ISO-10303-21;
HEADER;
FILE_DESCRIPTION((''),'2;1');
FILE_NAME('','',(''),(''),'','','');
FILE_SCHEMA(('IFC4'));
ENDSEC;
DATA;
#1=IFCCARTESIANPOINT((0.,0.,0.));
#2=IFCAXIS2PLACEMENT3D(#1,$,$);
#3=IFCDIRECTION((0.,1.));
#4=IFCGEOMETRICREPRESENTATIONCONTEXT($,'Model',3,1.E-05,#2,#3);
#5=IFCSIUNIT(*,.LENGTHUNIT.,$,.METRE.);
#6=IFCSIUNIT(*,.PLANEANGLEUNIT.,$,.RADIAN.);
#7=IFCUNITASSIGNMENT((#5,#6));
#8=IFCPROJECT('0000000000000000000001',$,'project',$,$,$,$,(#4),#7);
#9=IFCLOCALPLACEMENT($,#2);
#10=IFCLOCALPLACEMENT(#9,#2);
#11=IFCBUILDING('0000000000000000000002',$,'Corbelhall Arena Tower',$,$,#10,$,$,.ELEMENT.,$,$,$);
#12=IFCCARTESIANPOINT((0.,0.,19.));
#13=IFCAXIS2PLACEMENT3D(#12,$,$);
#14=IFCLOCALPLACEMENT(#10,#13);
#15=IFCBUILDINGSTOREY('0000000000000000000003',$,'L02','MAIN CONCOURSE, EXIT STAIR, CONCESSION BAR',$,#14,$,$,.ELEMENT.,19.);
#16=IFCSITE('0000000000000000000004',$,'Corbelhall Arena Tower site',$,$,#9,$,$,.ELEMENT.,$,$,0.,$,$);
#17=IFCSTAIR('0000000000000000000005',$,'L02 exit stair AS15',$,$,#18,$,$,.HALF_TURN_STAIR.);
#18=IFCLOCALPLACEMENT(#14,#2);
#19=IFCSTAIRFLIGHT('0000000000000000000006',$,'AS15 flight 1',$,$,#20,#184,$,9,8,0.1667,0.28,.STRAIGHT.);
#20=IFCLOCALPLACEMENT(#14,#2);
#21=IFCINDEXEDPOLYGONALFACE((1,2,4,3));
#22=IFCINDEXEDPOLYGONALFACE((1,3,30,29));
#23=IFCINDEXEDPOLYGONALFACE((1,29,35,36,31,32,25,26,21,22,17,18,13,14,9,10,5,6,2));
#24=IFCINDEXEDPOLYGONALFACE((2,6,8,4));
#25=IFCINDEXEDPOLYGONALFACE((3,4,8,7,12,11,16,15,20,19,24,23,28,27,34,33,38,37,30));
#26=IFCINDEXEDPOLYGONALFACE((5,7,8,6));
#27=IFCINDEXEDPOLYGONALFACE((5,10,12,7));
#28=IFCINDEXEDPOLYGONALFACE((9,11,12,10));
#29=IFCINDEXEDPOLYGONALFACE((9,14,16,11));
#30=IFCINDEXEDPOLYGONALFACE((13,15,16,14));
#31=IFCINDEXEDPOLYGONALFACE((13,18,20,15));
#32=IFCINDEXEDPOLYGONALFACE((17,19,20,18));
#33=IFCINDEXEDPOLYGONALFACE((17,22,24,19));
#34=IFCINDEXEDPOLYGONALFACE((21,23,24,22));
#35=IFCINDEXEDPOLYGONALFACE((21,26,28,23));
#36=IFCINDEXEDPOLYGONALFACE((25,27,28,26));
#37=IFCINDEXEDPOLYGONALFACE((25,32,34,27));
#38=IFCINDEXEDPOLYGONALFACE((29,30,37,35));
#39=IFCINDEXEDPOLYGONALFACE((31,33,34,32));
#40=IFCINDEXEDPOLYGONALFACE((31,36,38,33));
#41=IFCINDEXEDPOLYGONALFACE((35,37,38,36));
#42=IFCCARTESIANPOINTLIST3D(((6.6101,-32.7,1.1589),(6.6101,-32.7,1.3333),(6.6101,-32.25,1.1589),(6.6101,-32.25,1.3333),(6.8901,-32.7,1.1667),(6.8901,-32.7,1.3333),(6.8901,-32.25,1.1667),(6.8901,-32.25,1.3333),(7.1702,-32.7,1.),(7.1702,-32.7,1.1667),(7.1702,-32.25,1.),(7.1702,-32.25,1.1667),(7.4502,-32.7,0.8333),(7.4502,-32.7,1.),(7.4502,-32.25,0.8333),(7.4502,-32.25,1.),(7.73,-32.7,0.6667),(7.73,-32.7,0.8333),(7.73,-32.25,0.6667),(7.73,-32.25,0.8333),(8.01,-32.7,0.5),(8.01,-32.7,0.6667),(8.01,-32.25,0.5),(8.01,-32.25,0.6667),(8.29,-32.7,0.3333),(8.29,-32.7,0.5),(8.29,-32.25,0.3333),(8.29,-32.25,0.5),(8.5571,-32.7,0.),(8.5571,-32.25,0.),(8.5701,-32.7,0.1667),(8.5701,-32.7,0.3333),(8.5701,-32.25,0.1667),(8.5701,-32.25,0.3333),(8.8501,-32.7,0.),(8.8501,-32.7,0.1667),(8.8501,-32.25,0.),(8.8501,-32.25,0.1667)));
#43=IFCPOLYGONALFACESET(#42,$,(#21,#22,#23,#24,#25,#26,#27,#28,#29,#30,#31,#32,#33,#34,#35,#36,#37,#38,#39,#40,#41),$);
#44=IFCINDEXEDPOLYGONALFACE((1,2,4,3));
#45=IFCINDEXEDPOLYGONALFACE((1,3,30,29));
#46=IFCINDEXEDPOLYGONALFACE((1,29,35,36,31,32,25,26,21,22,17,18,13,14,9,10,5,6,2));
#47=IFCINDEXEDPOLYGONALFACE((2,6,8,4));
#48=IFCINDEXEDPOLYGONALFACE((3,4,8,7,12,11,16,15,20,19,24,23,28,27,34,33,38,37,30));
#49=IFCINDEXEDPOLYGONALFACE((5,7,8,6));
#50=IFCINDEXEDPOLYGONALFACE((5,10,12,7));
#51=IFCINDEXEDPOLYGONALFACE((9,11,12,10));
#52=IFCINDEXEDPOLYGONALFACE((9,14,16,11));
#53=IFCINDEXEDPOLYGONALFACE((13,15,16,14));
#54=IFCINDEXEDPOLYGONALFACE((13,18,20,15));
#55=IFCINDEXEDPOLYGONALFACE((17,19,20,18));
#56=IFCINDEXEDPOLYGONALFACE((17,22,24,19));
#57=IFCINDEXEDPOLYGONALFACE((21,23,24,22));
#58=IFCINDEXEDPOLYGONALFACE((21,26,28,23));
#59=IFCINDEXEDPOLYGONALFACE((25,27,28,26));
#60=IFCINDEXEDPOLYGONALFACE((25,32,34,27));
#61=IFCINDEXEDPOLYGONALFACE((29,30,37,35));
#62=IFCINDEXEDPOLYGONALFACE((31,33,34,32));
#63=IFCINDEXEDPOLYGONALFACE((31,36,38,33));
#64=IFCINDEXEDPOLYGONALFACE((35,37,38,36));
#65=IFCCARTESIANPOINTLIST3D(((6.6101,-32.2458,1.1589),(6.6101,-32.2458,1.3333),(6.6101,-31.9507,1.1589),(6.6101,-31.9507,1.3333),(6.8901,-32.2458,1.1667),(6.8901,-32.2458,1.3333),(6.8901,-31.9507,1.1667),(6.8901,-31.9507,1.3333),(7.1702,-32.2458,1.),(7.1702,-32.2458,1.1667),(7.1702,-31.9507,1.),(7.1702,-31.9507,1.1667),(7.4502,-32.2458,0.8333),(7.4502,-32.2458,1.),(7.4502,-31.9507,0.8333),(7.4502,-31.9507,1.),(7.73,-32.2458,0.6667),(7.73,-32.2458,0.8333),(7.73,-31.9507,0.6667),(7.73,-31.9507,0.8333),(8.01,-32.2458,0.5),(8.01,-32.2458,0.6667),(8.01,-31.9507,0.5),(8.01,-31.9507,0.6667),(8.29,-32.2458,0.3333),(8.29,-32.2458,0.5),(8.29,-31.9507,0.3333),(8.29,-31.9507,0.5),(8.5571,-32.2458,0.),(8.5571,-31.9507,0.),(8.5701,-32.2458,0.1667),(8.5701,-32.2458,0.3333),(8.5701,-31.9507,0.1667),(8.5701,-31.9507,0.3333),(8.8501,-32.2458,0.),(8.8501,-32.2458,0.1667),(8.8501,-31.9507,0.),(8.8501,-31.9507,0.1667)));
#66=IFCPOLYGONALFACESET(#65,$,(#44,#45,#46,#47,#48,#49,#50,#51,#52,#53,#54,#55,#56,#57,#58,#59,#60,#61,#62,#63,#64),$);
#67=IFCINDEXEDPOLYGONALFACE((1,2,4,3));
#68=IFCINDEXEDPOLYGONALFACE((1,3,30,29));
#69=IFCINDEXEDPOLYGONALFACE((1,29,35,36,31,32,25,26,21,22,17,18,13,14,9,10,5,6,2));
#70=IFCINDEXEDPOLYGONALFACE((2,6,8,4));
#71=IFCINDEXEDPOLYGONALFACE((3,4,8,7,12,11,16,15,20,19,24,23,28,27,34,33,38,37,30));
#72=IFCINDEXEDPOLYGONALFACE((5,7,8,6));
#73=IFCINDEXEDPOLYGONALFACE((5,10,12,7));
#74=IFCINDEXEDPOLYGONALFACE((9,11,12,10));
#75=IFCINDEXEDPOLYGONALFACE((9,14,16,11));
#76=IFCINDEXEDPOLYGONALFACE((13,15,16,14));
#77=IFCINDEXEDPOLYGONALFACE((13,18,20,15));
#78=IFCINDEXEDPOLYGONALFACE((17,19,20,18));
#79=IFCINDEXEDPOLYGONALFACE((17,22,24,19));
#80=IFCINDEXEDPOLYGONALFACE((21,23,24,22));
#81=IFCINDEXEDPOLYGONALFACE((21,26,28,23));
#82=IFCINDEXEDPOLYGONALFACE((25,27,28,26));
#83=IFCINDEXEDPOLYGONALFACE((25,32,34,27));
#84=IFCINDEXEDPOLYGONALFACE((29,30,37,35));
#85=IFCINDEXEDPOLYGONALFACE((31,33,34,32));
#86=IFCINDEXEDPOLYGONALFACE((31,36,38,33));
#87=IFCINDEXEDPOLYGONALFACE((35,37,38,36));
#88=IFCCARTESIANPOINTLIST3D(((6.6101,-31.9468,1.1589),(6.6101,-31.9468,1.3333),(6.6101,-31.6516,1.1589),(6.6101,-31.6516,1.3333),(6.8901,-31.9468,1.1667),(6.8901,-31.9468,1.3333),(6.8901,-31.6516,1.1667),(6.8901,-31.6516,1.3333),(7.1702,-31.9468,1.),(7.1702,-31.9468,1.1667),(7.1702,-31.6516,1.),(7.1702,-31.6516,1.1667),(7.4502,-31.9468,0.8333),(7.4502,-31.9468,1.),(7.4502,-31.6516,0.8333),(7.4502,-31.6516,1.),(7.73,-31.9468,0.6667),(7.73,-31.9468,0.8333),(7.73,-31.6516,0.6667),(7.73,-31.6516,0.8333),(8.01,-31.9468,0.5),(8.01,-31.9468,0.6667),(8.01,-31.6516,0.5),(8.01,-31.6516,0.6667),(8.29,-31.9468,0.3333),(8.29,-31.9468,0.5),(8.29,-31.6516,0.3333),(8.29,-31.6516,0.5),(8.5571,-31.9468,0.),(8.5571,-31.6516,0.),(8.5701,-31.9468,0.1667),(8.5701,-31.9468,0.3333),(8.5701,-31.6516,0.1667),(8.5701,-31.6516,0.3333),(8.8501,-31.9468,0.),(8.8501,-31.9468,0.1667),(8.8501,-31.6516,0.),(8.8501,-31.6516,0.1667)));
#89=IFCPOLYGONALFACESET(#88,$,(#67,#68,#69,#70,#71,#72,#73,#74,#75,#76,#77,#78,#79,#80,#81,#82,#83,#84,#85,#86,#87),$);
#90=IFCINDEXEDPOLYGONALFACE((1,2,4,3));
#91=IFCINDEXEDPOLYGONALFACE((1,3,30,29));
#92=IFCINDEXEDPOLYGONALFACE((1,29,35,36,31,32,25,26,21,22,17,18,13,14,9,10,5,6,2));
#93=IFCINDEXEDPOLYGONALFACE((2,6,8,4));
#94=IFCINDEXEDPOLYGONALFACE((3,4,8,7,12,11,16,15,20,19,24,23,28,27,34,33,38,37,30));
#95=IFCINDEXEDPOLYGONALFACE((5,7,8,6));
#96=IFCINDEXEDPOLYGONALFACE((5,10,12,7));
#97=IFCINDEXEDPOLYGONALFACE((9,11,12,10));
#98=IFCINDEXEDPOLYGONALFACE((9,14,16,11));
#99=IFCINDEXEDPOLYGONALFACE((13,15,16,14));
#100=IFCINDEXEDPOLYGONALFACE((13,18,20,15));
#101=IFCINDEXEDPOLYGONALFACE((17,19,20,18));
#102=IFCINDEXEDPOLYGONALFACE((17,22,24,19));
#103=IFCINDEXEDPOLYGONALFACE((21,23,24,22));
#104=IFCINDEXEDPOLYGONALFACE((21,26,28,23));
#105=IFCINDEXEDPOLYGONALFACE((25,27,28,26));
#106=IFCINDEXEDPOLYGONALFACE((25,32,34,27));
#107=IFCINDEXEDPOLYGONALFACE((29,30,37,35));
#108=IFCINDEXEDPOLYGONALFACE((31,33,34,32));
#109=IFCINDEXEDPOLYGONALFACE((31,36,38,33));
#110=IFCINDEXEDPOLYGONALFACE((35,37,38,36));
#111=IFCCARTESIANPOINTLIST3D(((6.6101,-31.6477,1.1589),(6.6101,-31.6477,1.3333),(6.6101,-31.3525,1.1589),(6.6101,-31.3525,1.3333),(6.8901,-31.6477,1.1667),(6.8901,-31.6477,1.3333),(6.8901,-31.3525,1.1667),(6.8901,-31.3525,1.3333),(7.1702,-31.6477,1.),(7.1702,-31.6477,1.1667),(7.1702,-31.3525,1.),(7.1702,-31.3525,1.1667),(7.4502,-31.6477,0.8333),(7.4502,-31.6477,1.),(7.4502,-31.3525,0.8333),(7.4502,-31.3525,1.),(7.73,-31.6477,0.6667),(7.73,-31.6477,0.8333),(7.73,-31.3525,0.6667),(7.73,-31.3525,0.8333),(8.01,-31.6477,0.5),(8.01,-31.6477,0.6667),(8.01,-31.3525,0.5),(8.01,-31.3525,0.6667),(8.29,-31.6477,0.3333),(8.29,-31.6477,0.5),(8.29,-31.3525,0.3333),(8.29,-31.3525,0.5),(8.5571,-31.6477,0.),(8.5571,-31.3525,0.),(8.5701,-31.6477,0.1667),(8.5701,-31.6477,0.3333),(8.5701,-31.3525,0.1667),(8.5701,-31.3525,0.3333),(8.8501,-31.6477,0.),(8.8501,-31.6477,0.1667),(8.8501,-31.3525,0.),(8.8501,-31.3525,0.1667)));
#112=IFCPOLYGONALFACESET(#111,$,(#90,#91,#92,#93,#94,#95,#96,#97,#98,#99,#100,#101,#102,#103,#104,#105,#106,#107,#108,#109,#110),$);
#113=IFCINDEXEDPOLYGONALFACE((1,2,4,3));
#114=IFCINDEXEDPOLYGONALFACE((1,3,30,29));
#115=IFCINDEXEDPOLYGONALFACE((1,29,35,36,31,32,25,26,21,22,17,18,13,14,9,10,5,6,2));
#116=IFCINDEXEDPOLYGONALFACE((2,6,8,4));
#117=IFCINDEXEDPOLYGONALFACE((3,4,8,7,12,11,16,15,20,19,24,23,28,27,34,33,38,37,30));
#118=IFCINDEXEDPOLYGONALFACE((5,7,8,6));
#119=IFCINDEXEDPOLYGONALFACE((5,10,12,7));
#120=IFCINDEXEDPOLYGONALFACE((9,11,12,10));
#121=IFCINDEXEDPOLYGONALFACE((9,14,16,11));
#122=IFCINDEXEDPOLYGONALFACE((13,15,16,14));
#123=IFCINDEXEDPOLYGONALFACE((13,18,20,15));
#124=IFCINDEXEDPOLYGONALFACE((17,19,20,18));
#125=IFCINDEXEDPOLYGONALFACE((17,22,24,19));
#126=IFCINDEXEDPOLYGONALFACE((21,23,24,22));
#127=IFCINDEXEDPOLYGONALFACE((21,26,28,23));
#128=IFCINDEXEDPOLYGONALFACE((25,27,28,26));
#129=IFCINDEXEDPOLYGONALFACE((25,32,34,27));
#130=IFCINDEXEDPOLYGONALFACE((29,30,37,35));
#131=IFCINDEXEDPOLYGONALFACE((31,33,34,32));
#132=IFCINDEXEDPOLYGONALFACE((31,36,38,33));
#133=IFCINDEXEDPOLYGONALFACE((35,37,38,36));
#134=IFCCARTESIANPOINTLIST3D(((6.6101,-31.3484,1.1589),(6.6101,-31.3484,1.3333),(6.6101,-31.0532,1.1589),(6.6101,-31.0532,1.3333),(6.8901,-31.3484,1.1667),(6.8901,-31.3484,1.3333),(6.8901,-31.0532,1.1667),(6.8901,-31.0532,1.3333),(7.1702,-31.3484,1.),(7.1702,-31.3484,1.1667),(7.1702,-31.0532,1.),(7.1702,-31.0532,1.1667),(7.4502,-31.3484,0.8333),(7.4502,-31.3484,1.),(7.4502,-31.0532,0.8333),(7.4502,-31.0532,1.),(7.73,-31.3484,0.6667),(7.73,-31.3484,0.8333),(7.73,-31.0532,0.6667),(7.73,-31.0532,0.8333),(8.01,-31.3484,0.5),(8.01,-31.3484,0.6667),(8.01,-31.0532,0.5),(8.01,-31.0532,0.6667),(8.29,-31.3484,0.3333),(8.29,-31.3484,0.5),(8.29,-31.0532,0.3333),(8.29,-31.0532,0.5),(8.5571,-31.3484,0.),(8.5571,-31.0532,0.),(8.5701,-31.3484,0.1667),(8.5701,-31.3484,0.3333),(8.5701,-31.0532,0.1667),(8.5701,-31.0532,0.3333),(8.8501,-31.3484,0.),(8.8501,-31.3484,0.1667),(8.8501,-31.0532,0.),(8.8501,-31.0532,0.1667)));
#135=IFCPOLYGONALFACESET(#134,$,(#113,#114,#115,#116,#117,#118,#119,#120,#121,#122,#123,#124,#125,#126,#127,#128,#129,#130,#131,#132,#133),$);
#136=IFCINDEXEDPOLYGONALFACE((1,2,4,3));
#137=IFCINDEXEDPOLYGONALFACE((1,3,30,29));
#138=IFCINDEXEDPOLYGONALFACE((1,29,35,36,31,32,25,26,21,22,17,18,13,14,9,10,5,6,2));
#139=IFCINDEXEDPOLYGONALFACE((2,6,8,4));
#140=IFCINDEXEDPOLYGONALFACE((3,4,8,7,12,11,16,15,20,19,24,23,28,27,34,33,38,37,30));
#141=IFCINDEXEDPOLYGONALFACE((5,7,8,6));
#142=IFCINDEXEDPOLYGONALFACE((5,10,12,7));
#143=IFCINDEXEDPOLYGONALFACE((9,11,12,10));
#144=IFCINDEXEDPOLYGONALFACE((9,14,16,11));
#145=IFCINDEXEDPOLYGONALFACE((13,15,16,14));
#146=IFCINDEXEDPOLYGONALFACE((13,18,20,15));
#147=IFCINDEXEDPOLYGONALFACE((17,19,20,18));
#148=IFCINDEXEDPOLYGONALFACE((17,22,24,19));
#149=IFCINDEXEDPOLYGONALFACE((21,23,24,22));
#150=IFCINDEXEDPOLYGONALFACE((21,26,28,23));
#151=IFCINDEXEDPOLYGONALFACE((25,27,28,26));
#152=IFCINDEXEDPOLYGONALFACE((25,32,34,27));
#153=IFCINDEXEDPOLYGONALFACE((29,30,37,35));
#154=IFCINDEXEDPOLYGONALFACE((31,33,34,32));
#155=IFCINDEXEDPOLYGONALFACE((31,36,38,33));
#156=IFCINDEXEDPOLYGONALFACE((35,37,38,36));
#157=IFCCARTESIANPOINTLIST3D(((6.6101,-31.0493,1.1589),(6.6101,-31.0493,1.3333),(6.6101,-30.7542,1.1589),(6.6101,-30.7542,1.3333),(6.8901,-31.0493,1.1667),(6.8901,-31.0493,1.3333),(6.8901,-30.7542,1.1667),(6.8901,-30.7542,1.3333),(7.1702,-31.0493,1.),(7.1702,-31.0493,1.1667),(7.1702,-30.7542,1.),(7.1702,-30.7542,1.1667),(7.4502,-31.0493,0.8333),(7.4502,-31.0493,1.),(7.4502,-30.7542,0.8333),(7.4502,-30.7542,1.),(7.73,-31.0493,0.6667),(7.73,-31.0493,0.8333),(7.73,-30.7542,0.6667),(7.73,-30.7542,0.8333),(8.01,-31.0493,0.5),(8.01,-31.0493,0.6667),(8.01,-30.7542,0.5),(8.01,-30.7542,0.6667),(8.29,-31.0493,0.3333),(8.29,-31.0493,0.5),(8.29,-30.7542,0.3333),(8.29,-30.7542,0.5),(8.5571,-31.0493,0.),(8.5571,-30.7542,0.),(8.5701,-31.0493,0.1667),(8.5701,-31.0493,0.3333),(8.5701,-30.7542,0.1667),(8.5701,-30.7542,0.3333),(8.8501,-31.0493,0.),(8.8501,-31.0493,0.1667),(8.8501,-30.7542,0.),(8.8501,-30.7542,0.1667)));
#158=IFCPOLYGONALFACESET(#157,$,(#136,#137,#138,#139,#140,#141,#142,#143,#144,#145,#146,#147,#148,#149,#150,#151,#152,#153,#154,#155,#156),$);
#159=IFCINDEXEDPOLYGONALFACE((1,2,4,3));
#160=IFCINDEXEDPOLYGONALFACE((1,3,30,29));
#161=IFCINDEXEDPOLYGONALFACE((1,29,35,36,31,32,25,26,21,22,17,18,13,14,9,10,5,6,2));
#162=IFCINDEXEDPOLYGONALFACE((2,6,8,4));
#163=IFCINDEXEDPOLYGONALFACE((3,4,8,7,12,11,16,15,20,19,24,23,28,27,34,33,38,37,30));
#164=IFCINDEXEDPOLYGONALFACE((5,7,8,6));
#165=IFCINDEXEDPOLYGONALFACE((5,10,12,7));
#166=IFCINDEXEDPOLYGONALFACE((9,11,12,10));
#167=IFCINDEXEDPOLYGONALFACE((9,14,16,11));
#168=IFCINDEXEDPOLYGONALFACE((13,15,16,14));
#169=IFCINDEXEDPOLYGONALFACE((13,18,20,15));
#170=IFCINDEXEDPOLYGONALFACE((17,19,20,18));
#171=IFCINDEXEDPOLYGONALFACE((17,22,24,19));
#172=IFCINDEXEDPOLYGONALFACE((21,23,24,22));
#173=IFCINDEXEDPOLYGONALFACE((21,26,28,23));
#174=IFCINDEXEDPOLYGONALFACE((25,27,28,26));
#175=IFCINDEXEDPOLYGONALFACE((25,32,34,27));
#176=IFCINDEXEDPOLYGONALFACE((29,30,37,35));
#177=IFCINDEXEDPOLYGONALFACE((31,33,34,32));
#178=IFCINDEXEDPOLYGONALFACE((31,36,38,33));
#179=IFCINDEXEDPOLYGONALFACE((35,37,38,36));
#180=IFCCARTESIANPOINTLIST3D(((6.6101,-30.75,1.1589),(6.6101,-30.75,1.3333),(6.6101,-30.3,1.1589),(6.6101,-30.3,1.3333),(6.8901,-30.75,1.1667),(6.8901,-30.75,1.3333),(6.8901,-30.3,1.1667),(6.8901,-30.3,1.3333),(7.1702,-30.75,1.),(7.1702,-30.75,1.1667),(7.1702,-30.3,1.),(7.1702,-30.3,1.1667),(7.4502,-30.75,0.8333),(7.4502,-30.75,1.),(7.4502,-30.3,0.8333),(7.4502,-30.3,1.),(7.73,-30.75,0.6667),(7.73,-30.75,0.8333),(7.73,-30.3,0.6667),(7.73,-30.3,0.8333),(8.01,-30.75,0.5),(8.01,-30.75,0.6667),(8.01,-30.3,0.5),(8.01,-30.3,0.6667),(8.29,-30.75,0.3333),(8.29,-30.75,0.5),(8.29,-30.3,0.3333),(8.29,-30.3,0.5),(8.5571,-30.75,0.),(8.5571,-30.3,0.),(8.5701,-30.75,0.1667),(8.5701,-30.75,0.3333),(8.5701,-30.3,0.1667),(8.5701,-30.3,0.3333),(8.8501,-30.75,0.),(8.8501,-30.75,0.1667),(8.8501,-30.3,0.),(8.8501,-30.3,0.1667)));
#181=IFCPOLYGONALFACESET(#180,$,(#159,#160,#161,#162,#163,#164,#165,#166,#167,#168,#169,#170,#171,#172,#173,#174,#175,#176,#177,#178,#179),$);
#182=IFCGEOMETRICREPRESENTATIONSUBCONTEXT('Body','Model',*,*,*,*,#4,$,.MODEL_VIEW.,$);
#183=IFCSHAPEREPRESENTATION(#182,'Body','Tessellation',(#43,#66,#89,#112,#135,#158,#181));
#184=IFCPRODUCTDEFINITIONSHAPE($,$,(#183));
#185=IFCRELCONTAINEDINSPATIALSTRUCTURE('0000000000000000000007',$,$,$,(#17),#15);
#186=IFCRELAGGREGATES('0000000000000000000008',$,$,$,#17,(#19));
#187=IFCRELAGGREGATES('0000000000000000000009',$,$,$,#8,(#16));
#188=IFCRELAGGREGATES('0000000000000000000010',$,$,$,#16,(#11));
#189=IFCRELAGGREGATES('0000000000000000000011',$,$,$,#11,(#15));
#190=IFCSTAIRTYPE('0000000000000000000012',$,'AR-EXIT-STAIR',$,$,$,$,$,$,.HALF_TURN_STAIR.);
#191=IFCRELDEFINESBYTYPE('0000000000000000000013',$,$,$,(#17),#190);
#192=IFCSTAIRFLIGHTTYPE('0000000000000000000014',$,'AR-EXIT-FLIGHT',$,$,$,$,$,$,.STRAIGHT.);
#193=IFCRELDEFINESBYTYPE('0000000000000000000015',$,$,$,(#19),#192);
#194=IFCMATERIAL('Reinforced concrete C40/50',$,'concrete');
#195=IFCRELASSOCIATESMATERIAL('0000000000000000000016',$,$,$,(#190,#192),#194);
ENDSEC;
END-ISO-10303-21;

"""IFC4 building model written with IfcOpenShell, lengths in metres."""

from ifc_helpers import new_model, si_unit, direction, frame, origin, place, context, subcontext, project, spatial, polyline, outline, extrude, material, type_object, element, aggregate, save


model = new_model("IFC4")

# Units and contexts
model_context = context("Model", 3, precision=1e-05, world=origin(), true_north=direction((0.0, 1.0)))
body_context = subcontext(model_context, "Body", "Model", "MODEL_VIEW")
ifc_project = project(units=[si_unit("LENGTHUNIT", "METRE"), si_unit("PLANEANGLEUNIT", "RADIAN")], contexts=[model_context])

# Site, building, storey
site_placement = place(None, origin())
site = spatial("IfcSite", under=ifc_project, at=site_placement, Name="Corbelhall Arena Tower site", CompositionType="ELEMENT", RefElevation=0.0)
building_placement = place(site_placement, origin())
building = spatial("IfcBuilding", under=site, at=building_placement, Name="Corbelhall Arena Tower", CompositionType="ELEMENT")
storey_placement = place(building_placement, frame((0.0, 0.0, 19.0)))
storey = spatial("IfcBuildingStorey", under=building, at=storey_placement, Name="L02", Description="MAIN CONCOURSE, EXIT STAIR, CONCESSION BAR", CompositionType="ELEMENT", Elevation=19.0)

# Shared definitions
ifc_material_1 = material(Name="Reinforced concrete C40/50", Category="concrete")

# Stair, stair flight
stair_type = type_object("IfcStairType", Name="AR-EXIT-STAIR", PredefinedType="HALF_TURN_STAIR", material=ifc_material_1)
stair_1_placement = place(storey_placement, origin())
stair_1 = element("IfcStair", 1, at=stair_1_placement, inside=storey, type_object=stair_type, Name="L02 exit stair AS15", PredefinedType="HALF_TURN_STAIR")
stair_flight_type = type_object("IfcStairFlightType", Name="AR-EXIT-FLIGHT", PredefinedType="STRAIGHT", material=ifc_material_1)
stair_flight_1_placement = place(storey_placement, frame((8.8501, -31.5, 0.0), z_axis=(0.0, 0.0, 1.0), x_axis=(-1.0, 0.0, 0.0)))
stair_flight_1 = element("IfcStairFlight", 2, at=stair_flight_1_placement, type_object=stair_flight_type, Name="AS15 flight 1", NumberOfRisers=9, NumberOfTreads=8, PredefinedType="STRAIGHT", RiserHeight=0.1667, TreadLength=0.28, context=body_context, shape_type="SweptSolid", body=[
    extrude(outline(polyline([(0.0, 0.0), (0.0, 0.1667), (0.28, 0.1667), (0.28, 0.3333), (0.5601, 0.3333), (0.5601, 0.5), (0.8401, 0.5), (0.8401, 0.6667), (1.1201, 0.6667), (1.1201, 0.8333), (1.3999, 0.8333), (1.3999, 1.0), (1.6799, 1.0), (1.6799, 1.1667), (1.96, 1.1667), (1.96, 1.3333), (2.24, 1.3333), (2.24, 1.5), (2.24, 1.1589), (0.293, 0.0), (0.0, 0.0)])), frame((0.0, 1.2, 0.0), z_axis=(0.0, -1.0, 0.0), x_axis=(1.0, 0.0, 0.0)), (0.0, 0.0, 1.0), 0.45),
    extrude(outline(polyline([(0.0, 0.0), (0.0, 0.1667), (0.28, 0.1667), (0.28, 0.3333), (0.5601, 0.3333), (0.5601, 0.5), (0.8401, 0.5), (0.8401, 0.6667), (1.1201, 0.6667), (1.1201, 0.8333), (1.3999, 0.8333), (1.3999, 1.0), (1.6799, 1.0), (1.6799, 1.1667), (1.96, 1.1667), (1.96, 1.3333), (2.24, 1.3333), (2.24, 1.5), (2.24, 1.1589), (0.293, 0.0), (0.0, 0.0)])), frame((0.0, 0.7458, 0.0), z_axis=(0.0, -1.0, 0.0), x_axis=(1.0, 0.0, 0.0)), (0.0, 0.0, 1.0), 0.2952),
    extrude(outline(polyline([(0.0, 0.0), (0.0, 0.1667), (0.28, 0.1667), (0.28, 0.3333), (0.5601, 0.3333), (0.5601, 0.5), (0.8401, 0.5), (0.8401, 0.6667), (1.1201, 0.6667), (1.1201, 0.8333), (1.3999, 0.8333), (1.3999, 1.0), (1.6799, 1.0), (1.6799, 1.1667), (1.96, 1.1667), (1.96, 1.3333), (2.24, 1.3333), (2.24, 1.5), (2.24, 1.1589), (0.293, 0.0), (0.0, 0.0)])), frame((0.0, 0.4468, 0.0), z_axis=(0.0, -1.0, 0.0), x_axis=(1.0, 0.0, 0.0)), (0.0, 0.0, 1.0), 0.2952),
    extrude(outline(polyline([(0.0, 0.0), (0.0, 0.1667), (0.28, 0.1667), (0.28, 0.3333), (0.5601, 0.3333), (0.5601, 0.5), (0.8401, 0.5), (0.8401, 0.6667), (1.1201, 0.6667), (1.1201, 0.8333), (1.3999, 0.8333), (1.3999, 1.0), (1.6799, 1.0), (1.6799, 1.1667), (1.96, 1.1667), (1.96, 1.3333), (2.24, 1.3333), (2.24, 1.5), (2.24, 1.1589), (0.293, 0.0), (0.0, 0.0)])), frame((0.0, 0.1477, 0.0), z_axis=(0.0, -1.0, 0.0), x_axis=(1.0, 0.0, 0.0)), (0.0, 0.0, 1.0), 0.2952),
    extrude(outline(polyline([(0.0, 0.0), (0.0, 0.1667), (0.28, 0.1667), (0.28, 0.3333), (0.5601, 0.3333), (0.5601, 0.5), (0.8401, 0.5), (0.8401, 0.6667), (1.1201, 0.6667), (1.1201, 0.8333), (1.3999, 0.8333), (1.3999, 1.0), (1.6799, 1.0), (1.6799, 1.1667), (1.96, 1.1667), (1.96, 1.3333), (2.24, 1.3333), (2.24, 1.5), (2.24, 1.1589), (0.293, 0.0), (0.0, 0.0)])), frame((0.0, -0.1516, 0.0), z_axis=(0.0, -1.0, 0.0), x_axis=(1.0, 0.0, 0.0)), (0.0, 0.0, 1.0), 0.2952),
    extrude(outline(polyline([(0.0, 0.0), (0.0, 0.1667), (0.28, 0.1667), (0.28, 0.3333), (0.5601, 0.3333), (0.5601, 0.5), (0.8401, 0.5), (0.8401, 0.6667), (1.1201, 0.6667), (1.1201, 0.8333), (1.3999, 0.8333), (1.3999, 1.0), (1.6799, 1.0), (1.6799, 1.1667), (1.96, 1.1667), (1.96, 1.3333), (2.24, 1.3333), (2.24, 1.5), (2.24, 1.1589), (0.293, 0.0), (0.0, 0.0)])), frame((0.0, -0.4507, 0.0), z_axis=(0.0, -1.0, 0.0), x_axis=(1.0, 0.0, 0.0)), (0.0, 0.0, 1.0), 0.2952),
    extrude(outline(polyline([(0.0, 0.0), (0.0, 0.1667), (0.28, 0.1667), (0.28, 0.3333), (0.5601, 0.3333), (0.5601, 0.5), (0.8401, 0.5), (0.8401, 0.6667), (1.1201, 0.6667), (1.1201, 0.8333), (1.3999, 0.8333), (1.3999, 1.0), (1.6799, 1.0), (1.6799, 1.1667), (1.96, 1.1667), (1.96, 1.3333), (2.24, 1.3333), (2.24, 1.5), (2.24, 1.1589), (0.293, 0.0), (0.0, 0.0)])), frame((0.0, -0.75, 0.0), z_axis=(0.0, -1.0, 0.0), x_axis=(1.0, 0.0, 0.0)), (0.0, 0.0, 1.0), 0.45),
])
aggregate(stair_1, [stair_flight_1])

save(model, "model.ifc")
